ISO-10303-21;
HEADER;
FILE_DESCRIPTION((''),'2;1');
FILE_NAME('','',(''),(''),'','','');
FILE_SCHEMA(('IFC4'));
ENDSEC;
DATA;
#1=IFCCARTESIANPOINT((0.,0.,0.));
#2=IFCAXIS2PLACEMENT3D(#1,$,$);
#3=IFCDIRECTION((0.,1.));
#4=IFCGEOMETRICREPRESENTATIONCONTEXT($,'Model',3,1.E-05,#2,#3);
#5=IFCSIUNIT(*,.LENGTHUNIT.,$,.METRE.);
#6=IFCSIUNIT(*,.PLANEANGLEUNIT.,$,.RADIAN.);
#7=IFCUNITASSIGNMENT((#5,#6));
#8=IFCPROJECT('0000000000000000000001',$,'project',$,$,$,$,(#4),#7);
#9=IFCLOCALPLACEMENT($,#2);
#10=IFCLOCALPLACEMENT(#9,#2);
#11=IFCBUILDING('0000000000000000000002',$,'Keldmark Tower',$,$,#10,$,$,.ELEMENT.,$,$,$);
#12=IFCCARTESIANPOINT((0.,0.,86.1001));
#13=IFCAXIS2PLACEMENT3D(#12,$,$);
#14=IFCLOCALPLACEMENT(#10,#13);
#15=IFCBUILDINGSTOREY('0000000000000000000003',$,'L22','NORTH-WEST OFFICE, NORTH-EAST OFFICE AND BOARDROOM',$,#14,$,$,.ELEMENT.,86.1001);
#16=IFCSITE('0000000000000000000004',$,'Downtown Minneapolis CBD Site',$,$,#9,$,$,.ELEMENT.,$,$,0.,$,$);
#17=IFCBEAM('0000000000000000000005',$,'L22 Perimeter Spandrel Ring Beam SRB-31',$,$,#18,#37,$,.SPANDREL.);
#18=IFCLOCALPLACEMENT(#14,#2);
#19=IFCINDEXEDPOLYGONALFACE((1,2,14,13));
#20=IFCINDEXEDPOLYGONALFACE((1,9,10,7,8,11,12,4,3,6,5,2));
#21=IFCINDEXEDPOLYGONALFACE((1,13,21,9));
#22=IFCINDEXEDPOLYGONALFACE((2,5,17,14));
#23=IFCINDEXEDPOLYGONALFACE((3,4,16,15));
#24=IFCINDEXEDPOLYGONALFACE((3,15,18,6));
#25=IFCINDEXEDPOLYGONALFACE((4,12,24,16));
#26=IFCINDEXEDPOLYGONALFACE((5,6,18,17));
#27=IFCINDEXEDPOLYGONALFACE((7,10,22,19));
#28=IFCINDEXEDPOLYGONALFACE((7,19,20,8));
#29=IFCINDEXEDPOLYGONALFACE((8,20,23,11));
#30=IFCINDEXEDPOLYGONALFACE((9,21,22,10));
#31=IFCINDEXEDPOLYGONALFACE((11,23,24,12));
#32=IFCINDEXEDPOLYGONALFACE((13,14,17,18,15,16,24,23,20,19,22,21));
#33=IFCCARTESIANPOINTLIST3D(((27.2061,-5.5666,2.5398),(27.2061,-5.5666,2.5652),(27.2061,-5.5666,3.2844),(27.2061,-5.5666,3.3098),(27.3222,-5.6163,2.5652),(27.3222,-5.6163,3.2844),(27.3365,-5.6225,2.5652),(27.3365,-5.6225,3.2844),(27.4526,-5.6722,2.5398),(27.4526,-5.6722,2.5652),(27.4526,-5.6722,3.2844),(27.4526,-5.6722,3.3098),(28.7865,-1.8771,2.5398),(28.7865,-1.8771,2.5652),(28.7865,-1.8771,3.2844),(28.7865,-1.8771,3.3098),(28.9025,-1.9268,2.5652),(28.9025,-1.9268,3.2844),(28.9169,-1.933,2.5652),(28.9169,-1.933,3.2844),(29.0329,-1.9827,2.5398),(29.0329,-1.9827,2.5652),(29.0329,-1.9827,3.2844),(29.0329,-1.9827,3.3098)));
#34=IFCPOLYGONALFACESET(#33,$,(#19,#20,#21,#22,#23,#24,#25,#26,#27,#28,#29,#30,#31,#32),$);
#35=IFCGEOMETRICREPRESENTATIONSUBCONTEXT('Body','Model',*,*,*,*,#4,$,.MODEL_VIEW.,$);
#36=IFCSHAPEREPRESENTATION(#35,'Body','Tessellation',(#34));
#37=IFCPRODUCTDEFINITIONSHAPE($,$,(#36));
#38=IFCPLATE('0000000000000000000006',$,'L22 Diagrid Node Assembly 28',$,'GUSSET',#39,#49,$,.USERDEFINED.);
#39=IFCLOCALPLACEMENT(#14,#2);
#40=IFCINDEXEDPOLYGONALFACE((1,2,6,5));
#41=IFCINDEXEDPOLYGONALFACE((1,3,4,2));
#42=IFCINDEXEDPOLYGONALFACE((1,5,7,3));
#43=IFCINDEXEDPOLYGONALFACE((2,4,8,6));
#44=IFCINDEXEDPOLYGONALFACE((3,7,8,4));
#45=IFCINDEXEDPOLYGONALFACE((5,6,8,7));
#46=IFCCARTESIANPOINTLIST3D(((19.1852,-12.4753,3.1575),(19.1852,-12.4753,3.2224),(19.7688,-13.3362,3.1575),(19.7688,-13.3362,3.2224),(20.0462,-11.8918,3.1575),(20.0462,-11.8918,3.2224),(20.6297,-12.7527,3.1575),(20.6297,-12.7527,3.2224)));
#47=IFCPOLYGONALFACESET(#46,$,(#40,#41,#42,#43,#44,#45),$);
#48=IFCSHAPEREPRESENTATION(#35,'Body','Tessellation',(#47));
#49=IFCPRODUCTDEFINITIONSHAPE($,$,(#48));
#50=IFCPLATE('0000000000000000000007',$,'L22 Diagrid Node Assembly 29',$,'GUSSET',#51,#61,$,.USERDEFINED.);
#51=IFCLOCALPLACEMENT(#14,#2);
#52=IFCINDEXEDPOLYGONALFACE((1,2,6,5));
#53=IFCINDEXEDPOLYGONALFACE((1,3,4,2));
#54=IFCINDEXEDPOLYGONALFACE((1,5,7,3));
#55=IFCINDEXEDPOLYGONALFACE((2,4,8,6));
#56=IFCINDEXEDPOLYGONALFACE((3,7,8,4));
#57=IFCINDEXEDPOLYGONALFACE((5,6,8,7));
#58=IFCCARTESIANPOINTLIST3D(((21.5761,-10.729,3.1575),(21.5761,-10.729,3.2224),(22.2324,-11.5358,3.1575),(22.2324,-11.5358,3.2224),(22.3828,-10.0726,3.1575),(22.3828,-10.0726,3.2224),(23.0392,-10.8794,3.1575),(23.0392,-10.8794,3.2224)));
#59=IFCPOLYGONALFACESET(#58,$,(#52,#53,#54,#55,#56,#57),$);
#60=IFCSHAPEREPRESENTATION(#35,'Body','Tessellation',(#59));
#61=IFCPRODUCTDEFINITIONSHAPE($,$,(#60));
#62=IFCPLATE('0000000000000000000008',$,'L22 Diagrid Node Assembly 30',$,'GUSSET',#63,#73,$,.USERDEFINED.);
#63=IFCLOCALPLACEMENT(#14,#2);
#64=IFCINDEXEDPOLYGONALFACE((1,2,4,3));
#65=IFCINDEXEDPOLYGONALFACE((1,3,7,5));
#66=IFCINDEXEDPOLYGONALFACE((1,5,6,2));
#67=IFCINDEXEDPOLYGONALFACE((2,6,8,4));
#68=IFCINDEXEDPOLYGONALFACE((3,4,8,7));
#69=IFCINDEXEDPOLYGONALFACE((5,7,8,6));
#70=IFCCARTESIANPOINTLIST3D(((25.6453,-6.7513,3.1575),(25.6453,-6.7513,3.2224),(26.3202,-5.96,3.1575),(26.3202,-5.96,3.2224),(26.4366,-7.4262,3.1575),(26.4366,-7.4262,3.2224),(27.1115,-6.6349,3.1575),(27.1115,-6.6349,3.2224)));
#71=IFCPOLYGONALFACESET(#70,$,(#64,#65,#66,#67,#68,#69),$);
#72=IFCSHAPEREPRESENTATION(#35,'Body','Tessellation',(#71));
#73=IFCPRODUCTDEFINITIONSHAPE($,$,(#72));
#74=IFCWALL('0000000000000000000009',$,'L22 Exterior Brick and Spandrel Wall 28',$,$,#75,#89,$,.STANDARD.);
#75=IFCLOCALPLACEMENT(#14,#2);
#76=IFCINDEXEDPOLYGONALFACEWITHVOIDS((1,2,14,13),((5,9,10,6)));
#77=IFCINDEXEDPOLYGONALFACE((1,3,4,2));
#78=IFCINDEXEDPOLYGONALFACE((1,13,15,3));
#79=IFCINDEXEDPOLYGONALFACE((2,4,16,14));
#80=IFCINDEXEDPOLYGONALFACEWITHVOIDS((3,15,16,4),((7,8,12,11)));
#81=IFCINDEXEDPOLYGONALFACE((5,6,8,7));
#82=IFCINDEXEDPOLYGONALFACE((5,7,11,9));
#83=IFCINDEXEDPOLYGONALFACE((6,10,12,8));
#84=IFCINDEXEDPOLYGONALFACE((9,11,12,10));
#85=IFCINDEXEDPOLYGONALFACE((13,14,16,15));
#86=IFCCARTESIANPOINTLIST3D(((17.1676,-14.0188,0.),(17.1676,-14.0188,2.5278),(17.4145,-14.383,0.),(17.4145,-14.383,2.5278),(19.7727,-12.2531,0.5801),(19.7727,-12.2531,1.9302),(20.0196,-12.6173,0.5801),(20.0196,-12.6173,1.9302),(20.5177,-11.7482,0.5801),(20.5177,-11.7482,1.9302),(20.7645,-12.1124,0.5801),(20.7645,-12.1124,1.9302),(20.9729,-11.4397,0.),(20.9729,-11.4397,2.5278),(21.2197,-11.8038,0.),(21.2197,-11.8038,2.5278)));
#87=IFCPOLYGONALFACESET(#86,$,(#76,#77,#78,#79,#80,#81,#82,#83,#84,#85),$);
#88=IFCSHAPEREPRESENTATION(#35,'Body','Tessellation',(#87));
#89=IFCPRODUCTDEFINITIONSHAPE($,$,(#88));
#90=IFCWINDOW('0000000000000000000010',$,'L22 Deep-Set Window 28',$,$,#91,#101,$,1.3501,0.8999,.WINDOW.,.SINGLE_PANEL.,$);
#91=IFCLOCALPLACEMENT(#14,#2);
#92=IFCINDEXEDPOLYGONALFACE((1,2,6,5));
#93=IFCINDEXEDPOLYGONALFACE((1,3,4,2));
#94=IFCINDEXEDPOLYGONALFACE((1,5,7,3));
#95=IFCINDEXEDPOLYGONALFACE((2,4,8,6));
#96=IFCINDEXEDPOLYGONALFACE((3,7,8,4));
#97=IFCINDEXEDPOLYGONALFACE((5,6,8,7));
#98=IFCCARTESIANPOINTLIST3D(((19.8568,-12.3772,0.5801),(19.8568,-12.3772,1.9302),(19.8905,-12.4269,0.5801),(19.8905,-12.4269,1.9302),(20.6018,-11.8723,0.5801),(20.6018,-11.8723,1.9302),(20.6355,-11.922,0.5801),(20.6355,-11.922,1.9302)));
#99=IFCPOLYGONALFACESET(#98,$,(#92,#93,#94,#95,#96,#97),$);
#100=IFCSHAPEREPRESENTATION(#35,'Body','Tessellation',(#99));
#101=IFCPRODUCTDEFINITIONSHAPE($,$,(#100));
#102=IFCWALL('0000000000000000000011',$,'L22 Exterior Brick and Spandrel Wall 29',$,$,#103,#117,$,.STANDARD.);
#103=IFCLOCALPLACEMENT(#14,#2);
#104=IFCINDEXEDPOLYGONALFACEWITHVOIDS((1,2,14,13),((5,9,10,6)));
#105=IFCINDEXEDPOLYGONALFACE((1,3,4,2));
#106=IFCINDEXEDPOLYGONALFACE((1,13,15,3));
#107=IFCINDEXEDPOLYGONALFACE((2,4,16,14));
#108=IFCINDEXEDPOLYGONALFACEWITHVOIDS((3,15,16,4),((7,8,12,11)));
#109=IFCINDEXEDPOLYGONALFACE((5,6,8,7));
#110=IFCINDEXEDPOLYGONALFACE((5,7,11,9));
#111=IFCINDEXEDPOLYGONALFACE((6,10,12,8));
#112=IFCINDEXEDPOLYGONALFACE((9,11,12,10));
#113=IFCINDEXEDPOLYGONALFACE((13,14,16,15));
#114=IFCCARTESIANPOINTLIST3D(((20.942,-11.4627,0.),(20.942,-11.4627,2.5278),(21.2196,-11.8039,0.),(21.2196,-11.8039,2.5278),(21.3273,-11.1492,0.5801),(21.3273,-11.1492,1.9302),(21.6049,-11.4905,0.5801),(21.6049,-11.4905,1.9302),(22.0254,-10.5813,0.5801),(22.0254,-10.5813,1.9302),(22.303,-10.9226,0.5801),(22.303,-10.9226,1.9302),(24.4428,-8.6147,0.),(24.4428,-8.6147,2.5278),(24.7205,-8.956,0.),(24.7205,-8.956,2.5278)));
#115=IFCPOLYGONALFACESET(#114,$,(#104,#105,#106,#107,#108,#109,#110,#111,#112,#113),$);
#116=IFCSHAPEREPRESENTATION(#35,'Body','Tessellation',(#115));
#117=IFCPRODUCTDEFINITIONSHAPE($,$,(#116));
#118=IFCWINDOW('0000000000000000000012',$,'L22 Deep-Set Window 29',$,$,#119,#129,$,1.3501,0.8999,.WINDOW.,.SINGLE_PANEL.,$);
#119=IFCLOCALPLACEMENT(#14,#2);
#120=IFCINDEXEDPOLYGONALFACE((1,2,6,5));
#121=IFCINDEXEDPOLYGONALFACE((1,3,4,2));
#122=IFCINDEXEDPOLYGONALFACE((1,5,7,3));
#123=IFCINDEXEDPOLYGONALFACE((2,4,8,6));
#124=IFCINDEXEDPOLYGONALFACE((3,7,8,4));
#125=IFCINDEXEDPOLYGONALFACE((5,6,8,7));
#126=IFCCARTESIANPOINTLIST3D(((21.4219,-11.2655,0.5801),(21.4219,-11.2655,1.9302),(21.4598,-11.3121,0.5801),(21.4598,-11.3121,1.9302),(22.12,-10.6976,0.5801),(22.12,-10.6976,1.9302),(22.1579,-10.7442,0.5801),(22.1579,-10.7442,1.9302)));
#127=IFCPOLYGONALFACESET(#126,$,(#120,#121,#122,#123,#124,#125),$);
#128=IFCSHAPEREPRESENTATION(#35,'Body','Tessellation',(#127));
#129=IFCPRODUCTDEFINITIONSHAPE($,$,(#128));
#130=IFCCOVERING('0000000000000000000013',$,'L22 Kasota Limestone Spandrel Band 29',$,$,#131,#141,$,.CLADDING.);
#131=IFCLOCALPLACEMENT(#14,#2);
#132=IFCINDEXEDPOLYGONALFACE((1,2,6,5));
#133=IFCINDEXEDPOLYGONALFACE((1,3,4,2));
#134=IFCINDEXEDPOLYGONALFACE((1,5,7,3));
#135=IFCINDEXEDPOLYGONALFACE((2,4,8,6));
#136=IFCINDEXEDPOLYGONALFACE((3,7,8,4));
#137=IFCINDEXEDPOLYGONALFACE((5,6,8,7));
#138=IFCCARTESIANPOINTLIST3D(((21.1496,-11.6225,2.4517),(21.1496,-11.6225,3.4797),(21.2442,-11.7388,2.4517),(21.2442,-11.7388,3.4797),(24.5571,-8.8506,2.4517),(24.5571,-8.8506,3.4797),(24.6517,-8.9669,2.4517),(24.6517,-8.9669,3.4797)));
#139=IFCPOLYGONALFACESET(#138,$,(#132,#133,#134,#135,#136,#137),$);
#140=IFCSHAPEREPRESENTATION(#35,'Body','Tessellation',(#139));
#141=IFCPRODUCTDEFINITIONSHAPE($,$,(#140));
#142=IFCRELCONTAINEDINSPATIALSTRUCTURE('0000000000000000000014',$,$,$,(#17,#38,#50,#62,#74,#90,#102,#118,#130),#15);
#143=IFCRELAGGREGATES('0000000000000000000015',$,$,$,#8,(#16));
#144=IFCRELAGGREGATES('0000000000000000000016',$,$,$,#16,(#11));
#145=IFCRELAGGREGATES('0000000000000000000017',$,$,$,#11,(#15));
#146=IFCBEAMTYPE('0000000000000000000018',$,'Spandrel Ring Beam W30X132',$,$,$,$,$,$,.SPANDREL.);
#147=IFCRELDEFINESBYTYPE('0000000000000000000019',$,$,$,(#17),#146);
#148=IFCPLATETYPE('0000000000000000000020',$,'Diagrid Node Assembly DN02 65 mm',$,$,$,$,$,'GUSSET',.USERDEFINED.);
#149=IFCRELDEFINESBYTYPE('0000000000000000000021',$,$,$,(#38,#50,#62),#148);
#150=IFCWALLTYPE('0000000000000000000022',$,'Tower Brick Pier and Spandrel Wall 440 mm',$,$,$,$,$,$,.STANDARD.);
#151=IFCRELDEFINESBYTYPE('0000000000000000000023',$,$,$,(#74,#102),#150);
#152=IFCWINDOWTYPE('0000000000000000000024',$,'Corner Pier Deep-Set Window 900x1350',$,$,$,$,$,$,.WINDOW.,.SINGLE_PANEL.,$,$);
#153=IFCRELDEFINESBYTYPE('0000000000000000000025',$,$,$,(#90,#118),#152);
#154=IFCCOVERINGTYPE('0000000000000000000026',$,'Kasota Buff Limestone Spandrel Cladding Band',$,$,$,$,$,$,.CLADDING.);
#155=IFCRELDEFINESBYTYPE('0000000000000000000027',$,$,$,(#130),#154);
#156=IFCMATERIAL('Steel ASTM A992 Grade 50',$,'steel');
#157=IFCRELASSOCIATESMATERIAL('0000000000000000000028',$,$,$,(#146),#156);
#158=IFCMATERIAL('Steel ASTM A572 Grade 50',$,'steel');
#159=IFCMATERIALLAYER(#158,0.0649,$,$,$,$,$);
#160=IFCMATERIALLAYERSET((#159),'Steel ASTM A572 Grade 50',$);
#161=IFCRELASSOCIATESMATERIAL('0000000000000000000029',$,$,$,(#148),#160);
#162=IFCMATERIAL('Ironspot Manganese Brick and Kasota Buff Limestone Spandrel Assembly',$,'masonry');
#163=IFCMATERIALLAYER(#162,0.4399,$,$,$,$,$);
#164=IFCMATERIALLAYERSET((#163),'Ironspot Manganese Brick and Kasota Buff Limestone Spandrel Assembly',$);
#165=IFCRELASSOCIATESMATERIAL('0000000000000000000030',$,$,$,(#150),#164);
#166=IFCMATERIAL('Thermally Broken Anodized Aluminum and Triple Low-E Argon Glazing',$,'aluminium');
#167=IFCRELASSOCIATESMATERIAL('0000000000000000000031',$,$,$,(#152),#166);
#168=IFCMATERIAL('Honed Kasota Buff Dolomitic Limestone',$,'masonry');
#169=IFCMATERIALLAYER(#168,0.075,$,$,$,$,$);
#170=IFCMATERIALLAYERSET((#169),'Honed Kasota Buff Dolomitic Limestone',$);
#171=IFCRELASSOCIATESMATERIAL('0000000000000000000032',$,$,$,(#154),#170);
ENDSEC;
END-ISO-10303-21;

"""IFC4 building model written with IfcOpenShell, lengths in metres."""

from ifc_helpers import new_model, si_unit, direction, frame, frame_2d, origin, origin_2d, place, context, subcontext, project, spatial, rectangle, i_section, extrude, material, layer, layer_set, material_profile, profile_set, type_object, element, fill, save


model = new_model("IFC4")

# Units and contexts
model_context = context("Model", 3, precision=1e-05, world=origin(), true_north=direction((0.0, 1.0)))
body_context = subcontext(model_context, "Body", "Model", "MODEL_VIEW")
ifc_project = project(units=[si_unit("LENGTHUNIT", "METRE"), si_unit("PLANEANGLEUNIT", "RADIAN")], contexts=[model_context])

# Site, building, storey
site_placement = place(None, origin())
site = spatial("IfcSite", under=ifc_project, at=site_placement, Name="Downtown Minneapolis CBD Site", CompositionType="ELEMENT", RefElevation=0.0)
building_placement = place(site_placement, origin())
building = spatial("IfcBuilding", under=site, at=building_placement, Name="Keldmark Tower", CompositionType="ELEMENT")
storey_placement = place(building_placement, frame((0.0, 0.0, 86.1001)))
storey = spatial("IfcBuildingStorey", under=building, at=storey_placement, Name="L22", Description="NORTH-WEST OFFICE, NORTH-EAST OFFICE AND BOARDROOM", CompositionType="ELEMENT", Elevation=86.1001)

# Beam
ifc_material_1 = material(Name="Steel ASTM A992 Grade 50", Category="steel")
ifc_material_profile_1 = material_profile(ifc_material_1, i_section(OverallWidth=0.2681, OverallDepth=0.77, WebThickness=0.0156, FlangeThickness=0.0254, at=origin_2d()), Name="W30X132")
ifc_profile_set_1 = profile_set([ifc_material_profile_1], Name="Steel ASTM A992 Grade 50")
beam_type_1 = type_object("IfcBeamType", Name="Spandrel Ring Beam W30X132", PredefinedType="SPANDREL", material=ifc_profile_set_1)
beam_1_placement = place(storey_placement, frame((27.3293, -5.6194, 2.9248), z_axis=(0.393736, 0.919224, 0.0), x_axis=(-0.919224, 0.393736, 0.0)))
element("IfcBeam", 1, at=beam_1_placement, inside=storey, type_object=beam_type_1, Name="L22 Perimeter Spandrel Ring Beam SRB-31", PredefinedType="SPANDREL", context=body_context, shape_type="SweptSolid", body=[
    extrude(i_section(OverallWidth=0.2681, OverallDepth=0.77, WebThickness=0.0156, FlangeThickness=0.0254, at=origin_2d()), origin(), (0.0, 0.0, 1.0), 4.0137),
])

# Plates
ifc_material_2 = material(Name="Steel ASTM A572 Grade 50", Category="steel")
ifc_layer_1 = layer(ifc_material_2, 0.0649)
ifc_layer_set_1 = layer_set([ifc_layer_1], Name="Steel ASTM A572 Grade 50")
plate_type = type_object("IfcPlateType", Name="Diagrid Node Assembly DN02 65 mm", ElementType="GUSSET", PredefinedType="USERDEFINED", material=ifc_layer_set_1)
for number, where, z_axis, x_axis, name in (
    (2, (19.9075, -12.614, 3.1575), (0.0, 0.0, 1.0), (0.827767, 0.561072, 0.0), "L22 Diagrid Node Assembly 28"),
    (3, (22.3076, -10.8042, 3.1575), (0.0, 0.0, 1.0), (0.775716, 0.631082, 0.0), "L22 Diagrid Node Assembly 29"),
    (4, (26.3784, -6.6931, 3.1575), (0.0, 0.0, 1.0), (0.648917, 0.760859, 0.0), "L22 Diagrid Node Assembly 30"),
):
    element("IfcPlate", number, at=place(storey_placement, frame(where, z_axis=z_axis, x_axis=x_axis)), inside=storey, type_object=plate_type, Name=name, ObjectType="GUSSET", PredefinedType="USERDEFINED", context=body_context, shape_type="SweptSolid", body=[
        extrude(rectangle(XDim=1.04, YDim=1.04, at=origin_2d()), origin(), (0.0, 0.0, 1.0), 0.0649),
    ])

# Walls, openings, windows
ifc_material_3 = material(Name="Ironspot Manganese Brick and Kasota Buff Limestone Spandrel Assembly", Category="masonry")
ifc_layer_2 = layer(ifc_material_3, 0.4399)
ifc_layer_set_2 = layer_set([ifc_layer_2], Name="Ironspot Manganese Brick and Kasota Buff Limestone Spandrel Assembly")
wall_type = type_object("IfcWallType", Name="Tower Brick Pier and Spandrel Wall 440 mm", PredefinedType="STANDARD", material=ifc_layer_set_2)
wall_1_placement = place(storey_placement, frame((21.0962, -11.6218, 0.0), z_axis=(0.0, 0.0, 1.0), x_axis=(-0.827777, -0.561057, 0.0)))
wall_1 = element("IfcWall", 5, at=wall_1_placement, inside=storey, type_object=wall_type, Name="L22 Exterior Brick and Spandrel Wall 28", PredefinedType="STANDARD", context=body_context, shape_type="SweptSolid", body=[
    extrude(rectangle(XDim=4.5969, YDim=0.4399, at=frame_2d((2.2983, 0.0))), origin(), (0.0, 0.0, 1.0), 2.5278),
])
opening_1_placement = place(wall_1_placement, frame((0.5498, 0.0, 0.5801)))
opening_1 = element("IfcOpeningElement", 6, at=opening_1_placement, cuts=wall_1, PredefinedType="OPENING", context=body_context, shape_type="SweptSolid", body=[
    extrude(rectangle(XDim=0.8999, YDim=1.3501, at=frame_2d((0.45, 0.675))), frame((0.0, 0.23, 0.0), z_axis=(0.0, -1.0, 0.0), x_axis=(1.0, 0.0, 0.0)), (0.0, 0.0, 1.0), 0.46),
])
ifc_material_4 = material(Name="Thermally Broken Anodized Aluminum and Triple Low-E Argon Glazing", Category="aluminium")
window_type = type_object("IfcWindowType", Name="Corner Pier Deep-Set Window 900x1350", PartitioningType="SINGLE_PANEL", PredefinedType="WINDOW", material=ifc_material_4)
window_1_placement = place(opening_1_placement, origin())
window_1 = element("IfcWindow", 7, at=window_1_placement, inside=storey, type_object=window_type, Name="L22 Deep-Set Window 28", OverallHeight=1.3501, OverallWidth=0.8999, PartitioningType="SINGLE_PANEL", PredefinedType="WINDOW", context=body_context, shape_type="SweptSolid", body=[
    extrude(rectangle(XDim=0.8999, YDim=1.3501, at=frame_2d((0.45, 0.675))), frame((0.0, -0.01, 0.0), z_axis=(0.0, -1.0, 0.0), x_axis=(1.0, 0.0, 0.0)), (0.0, 0.0, 1.0), 0.0601),
])
fill(opening_1, window_1)
wall_2_placement = place(storey_placement, frame((24.5815, -8.7854, 0.0), z_axis=(0.0, 0.0, 1.0), x_axis=(-0.775728, -0.631067, 0.0)))
wall_2 = element("IfcWall", 8, at=wall_2_placement, inside=storey, type_object=wall_type, Name="L22 Exterior Brick and Spandrel Wall 29", PredefinedType="STANDARD", context=body_context, shape_type="SweptSolid", body=[
    extrude(rectangle(XDim=4.5129, YDim=0.4399, at=frame_2d((2.2563, 0.0))), origin(), (0.0, 0.0, 1.0), 2.5278),
])
opening_2_placement = place(wall_2_placement, frame((3.1162, 0.0, 0.5801)))
opening_2 = element("IfcOpeningElement", 9, at=opening_2_placement, cuts=wall_2, PredefinedType="OPENING", context=body_context, shape_type="SweptSolid", body=[
    extrude(rectangle(XDim=0.8999, YDim=1.3501, at=frame_2d((0.45, 0.675))), frame((0.0, 0.23, 0.0), z_axis=(0.0, -1.0, 0.0), x_axis=(1.0, 0.0, 0.0)), (0.0, 0.0, 1.0), 0.46),
])
window_2_placement = place(opening_2_placement, origin())
window_2 = element("IfcWindow", 10, at=window_2_placement, inside=storey, type_object=window_type, Name="L22 Deep-Set Window 29", OverallHeight=1.3501, OverallWidth=0.8999, PartitioningType="SINGLE_PANEL", PredefinedType="WINDOW", context=body_context, shape_type="SweptSolid", body=[
    extrude(rectangle(XDim=0.8999, YDim=1.3501, at=frame_2d((0.45, 0.675))), frame((0.0, -0.01, 0.0), z_axis=(0.0, -1.0, 0.0), x_axis=(1.0, 0.0, 0.0)), (0.0, 0.0, 1.0), 0.0601),
])
fill(opening_2, window_2)

# Covering
ifc_material_5 = material(Name="Honed Kasota Buff Dolomitic Limestone", Category="masonry")
ifc_layer_3 = layer(ifc_material_5, 0.075)
ifc_layer_set_3 = layer_set([ifc_layer_3], Name="Honed Kasota Buff Dolomitic Limestone")
covering_type = type_object("IfcCoveringType", Name="Kasota Buff Limestone Spandrel Cladding Band", PredefinedType="CLADDING", material=ifc_layer_set_3)
covering_placement = place(storey_placement, frame((22.9006, -10.2947, 2.4517), z_axis=(0.0, 0.0, 1.0), x_axis=(0.775749, 0.631041, 0.0)))
element("IfcCovering", 11, at=covering_placement, inside=storey, type_object=covering_type, Name="L22 Kasota Limestone Spandrel Band 29", PredefinedType="CLADDING", context=body_context, shape_type="SweptSolid", body=[
    extrude(rectangle(XDim=4.3926, YDim=0.1499, at=origin_2d()), origin(), (0.0, 0.0, 1.0), 1.0281),
])

save(model, "model.ifc")
